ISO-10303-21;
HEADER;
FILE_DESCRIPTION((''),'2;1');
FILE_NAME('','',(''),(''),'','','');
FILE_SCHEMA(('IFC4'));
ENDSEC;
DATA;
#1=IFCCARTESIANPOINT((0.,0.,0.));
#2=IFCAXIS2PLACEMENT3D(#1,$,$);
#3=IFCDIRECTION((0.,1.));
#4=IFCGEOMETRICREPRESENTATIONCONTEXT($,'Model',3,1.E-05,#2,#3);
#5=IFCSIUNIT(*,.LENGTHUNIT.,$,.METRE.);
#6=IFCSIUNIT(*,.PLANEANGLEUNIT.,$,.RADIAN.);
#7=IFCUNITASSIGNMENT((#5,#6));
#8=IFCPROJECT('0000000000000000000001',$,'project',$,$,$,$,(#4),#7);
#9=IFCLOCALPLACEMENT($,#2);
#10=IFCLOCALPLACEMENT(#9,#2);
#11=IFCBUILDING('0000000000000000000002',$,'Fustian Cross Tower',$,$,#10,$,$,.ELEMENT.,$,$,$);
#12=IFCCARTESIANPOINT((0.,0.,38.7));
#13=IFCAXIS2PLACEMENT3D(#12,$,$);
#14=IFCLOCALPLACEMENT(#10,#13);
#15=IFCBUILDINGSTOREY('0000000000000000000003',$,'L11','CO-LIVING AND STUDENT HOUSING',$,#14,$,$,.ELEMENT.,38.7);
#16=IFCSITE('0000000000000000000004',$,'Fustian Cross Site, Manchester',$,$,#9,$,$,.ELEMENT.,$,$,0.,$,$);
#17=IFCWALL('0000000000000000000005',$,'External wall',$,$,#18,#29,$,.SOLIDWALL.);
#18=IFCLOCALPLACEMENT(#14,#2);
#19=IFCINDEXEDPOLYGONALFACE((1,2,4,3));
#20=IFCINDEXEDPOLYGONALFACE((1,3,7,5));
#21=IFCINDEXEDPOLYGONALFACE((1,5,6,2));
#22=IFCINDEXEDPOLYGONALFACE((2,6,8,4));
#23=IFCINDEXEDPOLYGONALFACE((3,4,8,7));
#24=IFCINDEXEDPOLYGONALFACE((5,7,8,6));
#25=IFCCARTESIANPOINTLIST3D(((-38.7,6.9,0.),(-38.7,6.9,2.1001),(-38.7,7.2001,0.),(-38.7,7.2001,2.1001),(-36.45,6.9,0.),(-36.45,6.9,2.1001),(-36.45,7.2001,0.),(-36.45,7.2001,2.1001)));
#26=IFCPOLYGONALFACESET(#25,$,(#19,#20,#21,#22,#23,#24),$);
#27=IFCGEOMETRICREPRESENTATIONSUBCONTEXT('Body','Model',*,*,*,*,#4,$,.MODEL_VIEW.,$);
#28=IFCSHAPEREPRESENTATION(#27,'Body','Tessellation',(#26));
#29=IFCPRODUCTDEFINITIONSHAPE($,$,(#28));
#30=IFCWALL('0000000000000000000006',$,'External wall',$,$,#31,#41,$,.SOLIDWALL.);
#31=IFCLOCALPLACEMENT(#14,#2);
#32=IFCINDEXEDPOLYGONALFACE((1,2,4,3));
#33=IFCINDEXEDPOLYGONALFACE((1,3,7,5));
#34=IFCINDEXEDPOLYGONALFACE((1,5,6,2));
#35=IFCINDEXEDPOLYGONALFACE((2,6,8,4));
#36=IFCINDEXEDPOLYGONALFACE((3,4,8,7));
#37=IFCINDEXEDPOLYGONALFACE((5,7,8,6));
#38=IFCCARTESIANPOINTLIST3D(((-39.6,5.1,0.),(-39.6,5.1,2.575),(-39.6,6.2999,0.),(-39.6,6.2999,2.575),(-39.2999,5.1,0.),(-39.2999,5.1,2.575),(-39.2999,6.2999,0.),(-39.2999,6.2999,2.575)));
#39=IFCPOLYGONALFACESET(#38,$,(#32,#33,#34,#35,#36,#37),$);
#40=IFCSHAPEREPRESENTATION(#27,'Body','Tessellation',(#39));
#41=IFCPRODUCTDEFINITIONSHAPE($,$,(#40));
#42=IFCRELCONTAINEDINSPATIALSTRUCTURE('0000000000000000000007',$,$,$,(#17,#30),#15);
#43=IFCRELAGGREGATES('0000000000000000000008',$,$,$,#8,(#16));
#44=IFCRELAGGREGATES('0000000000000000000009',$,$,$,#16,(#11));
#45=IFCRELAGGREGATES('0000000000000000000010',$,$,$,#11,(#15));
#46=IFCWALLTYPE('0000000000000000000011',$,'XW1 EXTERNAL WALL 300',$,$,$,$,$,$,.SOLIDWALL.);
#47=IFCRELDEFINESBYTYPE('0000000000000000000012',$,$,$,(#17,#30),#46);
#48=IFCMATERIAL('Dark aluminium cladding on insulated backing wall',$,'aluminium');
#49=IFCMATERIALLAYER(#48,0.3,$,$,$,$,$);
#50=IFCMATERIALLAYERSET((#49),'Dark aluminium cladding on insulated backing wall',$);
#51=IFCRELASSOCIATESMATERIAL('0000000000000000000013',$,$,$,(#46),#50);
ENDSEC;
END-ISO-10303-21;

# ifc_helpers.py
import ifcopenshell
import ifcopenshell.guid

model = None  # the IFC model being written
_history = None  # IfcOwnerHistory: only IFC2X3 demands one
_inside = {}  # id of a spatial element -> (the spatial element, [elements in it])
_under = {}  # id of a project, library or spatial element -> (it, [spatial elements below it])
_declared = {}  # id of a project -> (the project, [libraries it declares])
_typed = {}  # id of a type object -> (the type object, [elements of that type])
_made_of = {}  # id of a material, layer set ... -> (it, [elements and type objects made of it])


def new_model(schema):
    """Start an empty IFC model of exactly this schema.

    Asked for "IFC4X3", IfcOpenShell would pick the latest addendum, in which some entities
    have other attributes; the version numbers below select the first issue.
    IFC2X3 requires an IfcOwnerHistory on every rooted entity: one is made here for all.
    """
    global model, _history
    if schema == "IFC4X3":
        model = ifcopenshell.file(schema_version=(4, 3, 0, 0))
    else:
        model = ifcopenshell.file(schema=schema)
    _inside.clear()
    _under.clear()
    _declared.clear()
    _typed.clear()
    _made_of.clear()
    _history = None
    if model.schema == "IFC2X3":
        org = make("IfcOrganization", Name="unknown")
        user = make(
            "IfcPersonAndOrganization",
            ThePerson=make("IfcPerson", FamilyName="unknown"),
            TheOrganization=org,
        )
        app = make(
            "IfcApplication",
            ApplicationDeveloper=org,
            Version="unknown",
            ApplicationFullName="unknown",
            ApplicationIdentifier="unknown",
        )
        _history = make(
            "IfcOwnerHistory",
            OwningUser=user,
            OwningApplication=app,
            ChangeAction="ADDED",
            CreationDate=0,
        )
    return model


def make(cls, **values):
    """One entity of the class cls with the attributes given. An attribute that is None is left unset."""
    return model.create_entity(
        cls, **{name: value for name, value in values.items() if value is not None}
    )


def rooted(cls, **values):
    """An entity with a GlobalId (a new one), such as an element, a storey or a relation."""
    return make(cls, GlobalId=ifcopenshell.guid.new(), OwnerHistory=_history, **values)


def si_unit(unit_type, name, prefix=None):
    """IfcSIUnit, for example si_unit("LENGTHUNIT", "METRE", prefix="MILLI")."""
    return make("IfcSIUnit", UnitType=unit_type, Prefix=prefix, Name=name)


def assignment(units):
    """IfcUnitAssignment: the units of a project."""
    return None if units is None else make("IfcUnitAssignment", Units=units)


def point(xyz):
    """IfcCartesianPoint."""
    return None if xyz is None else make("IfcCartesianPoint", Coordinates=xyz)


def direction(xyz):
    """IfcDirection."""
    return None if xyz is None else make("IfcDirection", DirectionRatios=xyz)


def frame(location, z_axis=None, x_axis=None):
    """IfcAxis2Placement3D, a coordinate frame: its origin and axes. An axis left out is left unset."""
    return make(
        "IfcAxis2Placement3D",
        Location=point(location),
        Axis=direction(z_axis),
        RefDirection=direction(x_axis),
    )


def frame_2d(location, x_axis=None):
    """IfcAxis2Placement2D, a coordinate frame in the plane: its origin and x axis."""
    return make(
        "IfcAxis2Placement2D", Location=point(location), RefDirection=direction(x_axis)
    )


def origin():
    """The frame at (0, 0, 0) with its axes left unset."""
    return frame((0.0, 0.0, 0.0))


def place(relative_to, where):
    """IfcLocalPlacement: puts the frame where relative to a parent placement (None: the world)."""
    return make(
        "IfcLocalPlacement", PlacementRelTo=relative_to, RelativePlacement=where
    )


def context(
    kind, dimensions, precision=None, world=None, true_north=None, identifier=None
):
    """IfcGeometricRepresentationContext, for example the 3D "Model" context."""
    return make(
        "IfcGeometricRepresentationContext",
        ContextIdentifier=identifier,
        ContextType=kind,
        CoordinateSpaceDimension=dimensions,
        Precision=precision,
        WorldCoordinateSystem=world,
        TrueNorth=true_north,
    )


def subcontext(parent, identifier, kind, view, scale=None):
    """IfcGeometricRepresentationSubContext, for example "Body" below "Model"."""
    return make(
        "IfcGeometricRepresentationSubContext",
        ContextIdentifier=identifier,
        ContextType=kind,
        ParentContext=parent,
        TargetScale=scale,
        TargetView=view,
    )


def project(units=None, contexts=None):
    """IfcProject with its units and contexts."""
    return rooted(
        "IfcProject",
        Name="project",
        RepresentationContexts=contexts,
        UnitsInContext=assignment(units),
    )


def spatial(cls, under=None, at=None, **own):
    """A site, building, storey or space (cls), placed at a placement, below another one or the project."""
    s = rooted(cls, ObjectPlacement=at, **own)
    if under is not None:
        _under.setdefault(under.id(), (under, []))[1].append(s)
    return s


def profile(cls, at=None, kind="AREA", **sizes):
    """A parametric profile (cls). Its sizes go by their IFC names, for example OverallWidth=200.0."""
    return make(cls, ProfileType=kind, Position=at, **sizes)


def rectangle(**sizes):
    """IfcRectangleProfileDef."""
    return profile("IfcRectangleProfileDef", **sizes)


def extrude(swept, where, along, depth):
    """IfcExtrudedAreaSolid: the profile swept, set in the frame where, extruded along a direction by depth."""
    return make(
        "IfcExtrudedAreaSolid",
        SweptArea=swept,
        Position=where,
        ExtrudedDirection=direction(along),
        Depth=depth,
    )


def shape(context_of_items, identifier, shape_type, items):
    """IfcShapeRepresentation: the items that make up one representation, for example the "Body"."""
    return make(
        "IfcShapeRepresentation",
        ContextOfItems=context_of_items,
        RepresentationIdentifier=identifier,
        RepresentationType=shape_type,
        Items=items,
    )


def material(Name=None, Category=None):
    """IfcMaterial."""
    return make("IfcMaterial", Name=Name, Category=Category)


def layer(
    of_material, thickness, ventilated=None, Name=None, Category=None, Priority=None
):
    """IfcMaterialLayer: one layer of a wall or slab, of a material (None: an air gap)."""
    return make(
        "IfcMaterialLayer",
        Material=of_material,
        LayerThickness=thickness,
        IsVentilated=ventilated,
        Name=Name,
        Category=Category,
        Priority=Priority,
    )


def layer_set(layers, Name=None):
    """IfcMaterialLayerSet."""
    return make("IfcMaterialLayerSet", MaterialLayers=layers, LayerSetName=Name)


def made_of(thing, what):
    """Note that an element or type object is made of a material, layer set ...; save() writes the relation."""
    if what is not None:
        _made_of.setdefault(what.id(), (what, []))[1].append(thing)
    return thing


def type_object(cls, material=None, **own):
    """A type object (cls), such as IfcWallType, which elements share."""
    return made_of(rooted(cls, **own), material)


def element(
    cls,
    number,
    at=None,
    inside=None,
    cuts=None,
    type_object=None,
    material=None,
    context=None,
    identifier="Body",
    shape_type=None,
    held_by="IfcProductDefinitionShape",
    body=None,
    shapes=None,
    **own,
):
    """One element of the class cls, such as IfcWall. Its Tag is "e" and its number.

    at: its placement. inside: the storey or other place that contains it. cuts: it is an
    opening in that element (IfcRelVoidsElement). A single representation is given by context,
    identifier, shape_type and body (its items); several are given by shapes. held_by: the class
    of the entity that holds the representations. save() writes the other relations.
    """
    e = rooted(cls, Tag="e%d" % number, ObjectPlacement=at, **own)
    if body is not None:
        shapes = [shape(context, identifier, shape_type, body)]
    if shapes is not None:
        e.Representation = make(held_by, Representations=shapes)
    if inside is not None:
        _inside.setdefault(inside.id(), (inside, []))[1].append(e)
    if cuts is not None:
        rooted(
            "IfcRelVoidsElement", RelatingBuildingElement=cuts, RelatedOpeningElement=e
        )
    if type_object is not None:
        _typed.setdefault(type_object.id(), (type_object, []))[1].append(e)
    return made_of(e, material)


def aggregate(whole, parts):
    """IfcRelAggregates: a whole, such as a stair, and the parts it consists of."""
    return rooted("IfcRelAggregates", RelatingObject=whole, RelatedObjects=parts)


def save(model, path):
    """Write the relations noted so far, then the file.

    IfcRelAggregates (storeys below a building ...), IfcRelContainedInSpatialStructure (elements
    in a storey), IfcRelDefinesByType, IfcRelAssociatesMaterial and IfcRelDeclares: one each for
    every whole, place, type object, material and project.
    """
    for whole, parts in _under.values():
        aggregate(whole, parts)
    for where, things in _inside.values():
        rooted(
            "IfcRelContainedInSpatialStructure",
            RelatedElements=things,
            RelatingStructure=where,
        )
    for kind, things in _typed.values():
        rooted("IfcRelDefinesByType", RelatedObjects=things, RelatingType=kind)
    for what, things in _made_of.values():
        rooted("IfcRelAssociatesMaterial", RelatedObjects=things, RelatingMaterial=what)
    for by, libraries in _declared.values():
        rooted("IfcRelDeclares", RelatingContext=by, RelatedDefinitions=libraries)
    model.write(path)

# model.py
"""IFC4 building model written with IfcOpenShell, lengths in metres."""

from ifc_helpers import new_model, si_unit, direction, frame, frame_2d, origin, place, context, subcontext, project, spatial, rectangle, extrude, material, layer, layer_set, type_object, element, save


model = new_model("IFC4")

# Units and contexts
model_context = context("Model", 3, precision=1e-05, world=origin(), true_north=direction((0.0, 1.0)))
body_context = subcontext(model_context, "Body", "Model", "MODEL_VIEW")
ifc_project = project(units=[si_unit("LENGTHUNIT", "METRE"), si_unit("PLANEANGLEUNIT", "RADIAN")], contexts=[model_context])

# Site, building, storey
site_placement = place(None, origin())
site = spatial("IfcSite", under=ifc_project, at=site_placement, Name="Fustian Cross Site, Manchester", CompositionType="ELEMENT", RefElevation=0.0)
building_placement = place(site_placement, origin())
building = spatial("IfcBuilding", under=site, at=building_placement, Name="Fustian Cross Tower", CompositionType="ELEMENT")
storey_placement = place(building_placement, frame((0.0, 0.0, 38.7)))
storey = spatial("IfcBuildingStorey", under=building, at=storey_placement, Name="L11", Description="CO-LIVING AND STUDENT HOUSING", CompositionType="ELEMENT", Elevation=38.7)

# Shared definitions
ifc_material_1 = material(Name="Dark aluminium cladding on insulated backing wall", Category="aluminium")
ifc_layer = layer(ifc_material_1, 0.3)
ifc_layer_set = layer_set([ifc_layer], Name="Dark aluminium cladding on insulated backing wall")
wall_type = type_object("IfcWallType", Name="XW1 EXTERNAL WALL 300", PredefinedType="SOLIDWALL", material=ifc_layer_set)

# Walls
wall_1_placement = place(storey_placement, frame((-36.45, 7.05, 0.0), z_axis=(0.0, 0.0, 1.0), x_axis=(-1.0, 0.0, 0.0)))
element("IfcWall", 1, at=wall_1_placement, inside=storey, type_object=wall_type, Name="External wall", PredefinedType="SOLIDWALL", context=body_context, shape_type="SweptSolid", body=[
    extrude(rectangle(XDim=2.25, YDim=0.3, at=frame_2d((1.125, 0.0))), origin(), (0.0, 0.0, 1.0), 2.1001),
])
wall_2_placement = place(storey_placement, frame((-39.45, 6.3, 0.0), z_axis=(0.0, 0.0, 1.0), x_axis=(0.0, -1.0, 0.0)))
element("IfcWall", 2, at=wall_2_placement, inside=storey, type_object=wall_type, Name="External wall", PredefinedType="SOLIDWALL", context=body_context, shape_type="SweptSolid", body=[
    extrude(rectangle(XDim=1.2, YDim=0.3, at=frame_2d((0.6001, 0.0))), origin(), (0.0, 0.0, 1.0), 2.575),
])

save(model, "model.ifc")
